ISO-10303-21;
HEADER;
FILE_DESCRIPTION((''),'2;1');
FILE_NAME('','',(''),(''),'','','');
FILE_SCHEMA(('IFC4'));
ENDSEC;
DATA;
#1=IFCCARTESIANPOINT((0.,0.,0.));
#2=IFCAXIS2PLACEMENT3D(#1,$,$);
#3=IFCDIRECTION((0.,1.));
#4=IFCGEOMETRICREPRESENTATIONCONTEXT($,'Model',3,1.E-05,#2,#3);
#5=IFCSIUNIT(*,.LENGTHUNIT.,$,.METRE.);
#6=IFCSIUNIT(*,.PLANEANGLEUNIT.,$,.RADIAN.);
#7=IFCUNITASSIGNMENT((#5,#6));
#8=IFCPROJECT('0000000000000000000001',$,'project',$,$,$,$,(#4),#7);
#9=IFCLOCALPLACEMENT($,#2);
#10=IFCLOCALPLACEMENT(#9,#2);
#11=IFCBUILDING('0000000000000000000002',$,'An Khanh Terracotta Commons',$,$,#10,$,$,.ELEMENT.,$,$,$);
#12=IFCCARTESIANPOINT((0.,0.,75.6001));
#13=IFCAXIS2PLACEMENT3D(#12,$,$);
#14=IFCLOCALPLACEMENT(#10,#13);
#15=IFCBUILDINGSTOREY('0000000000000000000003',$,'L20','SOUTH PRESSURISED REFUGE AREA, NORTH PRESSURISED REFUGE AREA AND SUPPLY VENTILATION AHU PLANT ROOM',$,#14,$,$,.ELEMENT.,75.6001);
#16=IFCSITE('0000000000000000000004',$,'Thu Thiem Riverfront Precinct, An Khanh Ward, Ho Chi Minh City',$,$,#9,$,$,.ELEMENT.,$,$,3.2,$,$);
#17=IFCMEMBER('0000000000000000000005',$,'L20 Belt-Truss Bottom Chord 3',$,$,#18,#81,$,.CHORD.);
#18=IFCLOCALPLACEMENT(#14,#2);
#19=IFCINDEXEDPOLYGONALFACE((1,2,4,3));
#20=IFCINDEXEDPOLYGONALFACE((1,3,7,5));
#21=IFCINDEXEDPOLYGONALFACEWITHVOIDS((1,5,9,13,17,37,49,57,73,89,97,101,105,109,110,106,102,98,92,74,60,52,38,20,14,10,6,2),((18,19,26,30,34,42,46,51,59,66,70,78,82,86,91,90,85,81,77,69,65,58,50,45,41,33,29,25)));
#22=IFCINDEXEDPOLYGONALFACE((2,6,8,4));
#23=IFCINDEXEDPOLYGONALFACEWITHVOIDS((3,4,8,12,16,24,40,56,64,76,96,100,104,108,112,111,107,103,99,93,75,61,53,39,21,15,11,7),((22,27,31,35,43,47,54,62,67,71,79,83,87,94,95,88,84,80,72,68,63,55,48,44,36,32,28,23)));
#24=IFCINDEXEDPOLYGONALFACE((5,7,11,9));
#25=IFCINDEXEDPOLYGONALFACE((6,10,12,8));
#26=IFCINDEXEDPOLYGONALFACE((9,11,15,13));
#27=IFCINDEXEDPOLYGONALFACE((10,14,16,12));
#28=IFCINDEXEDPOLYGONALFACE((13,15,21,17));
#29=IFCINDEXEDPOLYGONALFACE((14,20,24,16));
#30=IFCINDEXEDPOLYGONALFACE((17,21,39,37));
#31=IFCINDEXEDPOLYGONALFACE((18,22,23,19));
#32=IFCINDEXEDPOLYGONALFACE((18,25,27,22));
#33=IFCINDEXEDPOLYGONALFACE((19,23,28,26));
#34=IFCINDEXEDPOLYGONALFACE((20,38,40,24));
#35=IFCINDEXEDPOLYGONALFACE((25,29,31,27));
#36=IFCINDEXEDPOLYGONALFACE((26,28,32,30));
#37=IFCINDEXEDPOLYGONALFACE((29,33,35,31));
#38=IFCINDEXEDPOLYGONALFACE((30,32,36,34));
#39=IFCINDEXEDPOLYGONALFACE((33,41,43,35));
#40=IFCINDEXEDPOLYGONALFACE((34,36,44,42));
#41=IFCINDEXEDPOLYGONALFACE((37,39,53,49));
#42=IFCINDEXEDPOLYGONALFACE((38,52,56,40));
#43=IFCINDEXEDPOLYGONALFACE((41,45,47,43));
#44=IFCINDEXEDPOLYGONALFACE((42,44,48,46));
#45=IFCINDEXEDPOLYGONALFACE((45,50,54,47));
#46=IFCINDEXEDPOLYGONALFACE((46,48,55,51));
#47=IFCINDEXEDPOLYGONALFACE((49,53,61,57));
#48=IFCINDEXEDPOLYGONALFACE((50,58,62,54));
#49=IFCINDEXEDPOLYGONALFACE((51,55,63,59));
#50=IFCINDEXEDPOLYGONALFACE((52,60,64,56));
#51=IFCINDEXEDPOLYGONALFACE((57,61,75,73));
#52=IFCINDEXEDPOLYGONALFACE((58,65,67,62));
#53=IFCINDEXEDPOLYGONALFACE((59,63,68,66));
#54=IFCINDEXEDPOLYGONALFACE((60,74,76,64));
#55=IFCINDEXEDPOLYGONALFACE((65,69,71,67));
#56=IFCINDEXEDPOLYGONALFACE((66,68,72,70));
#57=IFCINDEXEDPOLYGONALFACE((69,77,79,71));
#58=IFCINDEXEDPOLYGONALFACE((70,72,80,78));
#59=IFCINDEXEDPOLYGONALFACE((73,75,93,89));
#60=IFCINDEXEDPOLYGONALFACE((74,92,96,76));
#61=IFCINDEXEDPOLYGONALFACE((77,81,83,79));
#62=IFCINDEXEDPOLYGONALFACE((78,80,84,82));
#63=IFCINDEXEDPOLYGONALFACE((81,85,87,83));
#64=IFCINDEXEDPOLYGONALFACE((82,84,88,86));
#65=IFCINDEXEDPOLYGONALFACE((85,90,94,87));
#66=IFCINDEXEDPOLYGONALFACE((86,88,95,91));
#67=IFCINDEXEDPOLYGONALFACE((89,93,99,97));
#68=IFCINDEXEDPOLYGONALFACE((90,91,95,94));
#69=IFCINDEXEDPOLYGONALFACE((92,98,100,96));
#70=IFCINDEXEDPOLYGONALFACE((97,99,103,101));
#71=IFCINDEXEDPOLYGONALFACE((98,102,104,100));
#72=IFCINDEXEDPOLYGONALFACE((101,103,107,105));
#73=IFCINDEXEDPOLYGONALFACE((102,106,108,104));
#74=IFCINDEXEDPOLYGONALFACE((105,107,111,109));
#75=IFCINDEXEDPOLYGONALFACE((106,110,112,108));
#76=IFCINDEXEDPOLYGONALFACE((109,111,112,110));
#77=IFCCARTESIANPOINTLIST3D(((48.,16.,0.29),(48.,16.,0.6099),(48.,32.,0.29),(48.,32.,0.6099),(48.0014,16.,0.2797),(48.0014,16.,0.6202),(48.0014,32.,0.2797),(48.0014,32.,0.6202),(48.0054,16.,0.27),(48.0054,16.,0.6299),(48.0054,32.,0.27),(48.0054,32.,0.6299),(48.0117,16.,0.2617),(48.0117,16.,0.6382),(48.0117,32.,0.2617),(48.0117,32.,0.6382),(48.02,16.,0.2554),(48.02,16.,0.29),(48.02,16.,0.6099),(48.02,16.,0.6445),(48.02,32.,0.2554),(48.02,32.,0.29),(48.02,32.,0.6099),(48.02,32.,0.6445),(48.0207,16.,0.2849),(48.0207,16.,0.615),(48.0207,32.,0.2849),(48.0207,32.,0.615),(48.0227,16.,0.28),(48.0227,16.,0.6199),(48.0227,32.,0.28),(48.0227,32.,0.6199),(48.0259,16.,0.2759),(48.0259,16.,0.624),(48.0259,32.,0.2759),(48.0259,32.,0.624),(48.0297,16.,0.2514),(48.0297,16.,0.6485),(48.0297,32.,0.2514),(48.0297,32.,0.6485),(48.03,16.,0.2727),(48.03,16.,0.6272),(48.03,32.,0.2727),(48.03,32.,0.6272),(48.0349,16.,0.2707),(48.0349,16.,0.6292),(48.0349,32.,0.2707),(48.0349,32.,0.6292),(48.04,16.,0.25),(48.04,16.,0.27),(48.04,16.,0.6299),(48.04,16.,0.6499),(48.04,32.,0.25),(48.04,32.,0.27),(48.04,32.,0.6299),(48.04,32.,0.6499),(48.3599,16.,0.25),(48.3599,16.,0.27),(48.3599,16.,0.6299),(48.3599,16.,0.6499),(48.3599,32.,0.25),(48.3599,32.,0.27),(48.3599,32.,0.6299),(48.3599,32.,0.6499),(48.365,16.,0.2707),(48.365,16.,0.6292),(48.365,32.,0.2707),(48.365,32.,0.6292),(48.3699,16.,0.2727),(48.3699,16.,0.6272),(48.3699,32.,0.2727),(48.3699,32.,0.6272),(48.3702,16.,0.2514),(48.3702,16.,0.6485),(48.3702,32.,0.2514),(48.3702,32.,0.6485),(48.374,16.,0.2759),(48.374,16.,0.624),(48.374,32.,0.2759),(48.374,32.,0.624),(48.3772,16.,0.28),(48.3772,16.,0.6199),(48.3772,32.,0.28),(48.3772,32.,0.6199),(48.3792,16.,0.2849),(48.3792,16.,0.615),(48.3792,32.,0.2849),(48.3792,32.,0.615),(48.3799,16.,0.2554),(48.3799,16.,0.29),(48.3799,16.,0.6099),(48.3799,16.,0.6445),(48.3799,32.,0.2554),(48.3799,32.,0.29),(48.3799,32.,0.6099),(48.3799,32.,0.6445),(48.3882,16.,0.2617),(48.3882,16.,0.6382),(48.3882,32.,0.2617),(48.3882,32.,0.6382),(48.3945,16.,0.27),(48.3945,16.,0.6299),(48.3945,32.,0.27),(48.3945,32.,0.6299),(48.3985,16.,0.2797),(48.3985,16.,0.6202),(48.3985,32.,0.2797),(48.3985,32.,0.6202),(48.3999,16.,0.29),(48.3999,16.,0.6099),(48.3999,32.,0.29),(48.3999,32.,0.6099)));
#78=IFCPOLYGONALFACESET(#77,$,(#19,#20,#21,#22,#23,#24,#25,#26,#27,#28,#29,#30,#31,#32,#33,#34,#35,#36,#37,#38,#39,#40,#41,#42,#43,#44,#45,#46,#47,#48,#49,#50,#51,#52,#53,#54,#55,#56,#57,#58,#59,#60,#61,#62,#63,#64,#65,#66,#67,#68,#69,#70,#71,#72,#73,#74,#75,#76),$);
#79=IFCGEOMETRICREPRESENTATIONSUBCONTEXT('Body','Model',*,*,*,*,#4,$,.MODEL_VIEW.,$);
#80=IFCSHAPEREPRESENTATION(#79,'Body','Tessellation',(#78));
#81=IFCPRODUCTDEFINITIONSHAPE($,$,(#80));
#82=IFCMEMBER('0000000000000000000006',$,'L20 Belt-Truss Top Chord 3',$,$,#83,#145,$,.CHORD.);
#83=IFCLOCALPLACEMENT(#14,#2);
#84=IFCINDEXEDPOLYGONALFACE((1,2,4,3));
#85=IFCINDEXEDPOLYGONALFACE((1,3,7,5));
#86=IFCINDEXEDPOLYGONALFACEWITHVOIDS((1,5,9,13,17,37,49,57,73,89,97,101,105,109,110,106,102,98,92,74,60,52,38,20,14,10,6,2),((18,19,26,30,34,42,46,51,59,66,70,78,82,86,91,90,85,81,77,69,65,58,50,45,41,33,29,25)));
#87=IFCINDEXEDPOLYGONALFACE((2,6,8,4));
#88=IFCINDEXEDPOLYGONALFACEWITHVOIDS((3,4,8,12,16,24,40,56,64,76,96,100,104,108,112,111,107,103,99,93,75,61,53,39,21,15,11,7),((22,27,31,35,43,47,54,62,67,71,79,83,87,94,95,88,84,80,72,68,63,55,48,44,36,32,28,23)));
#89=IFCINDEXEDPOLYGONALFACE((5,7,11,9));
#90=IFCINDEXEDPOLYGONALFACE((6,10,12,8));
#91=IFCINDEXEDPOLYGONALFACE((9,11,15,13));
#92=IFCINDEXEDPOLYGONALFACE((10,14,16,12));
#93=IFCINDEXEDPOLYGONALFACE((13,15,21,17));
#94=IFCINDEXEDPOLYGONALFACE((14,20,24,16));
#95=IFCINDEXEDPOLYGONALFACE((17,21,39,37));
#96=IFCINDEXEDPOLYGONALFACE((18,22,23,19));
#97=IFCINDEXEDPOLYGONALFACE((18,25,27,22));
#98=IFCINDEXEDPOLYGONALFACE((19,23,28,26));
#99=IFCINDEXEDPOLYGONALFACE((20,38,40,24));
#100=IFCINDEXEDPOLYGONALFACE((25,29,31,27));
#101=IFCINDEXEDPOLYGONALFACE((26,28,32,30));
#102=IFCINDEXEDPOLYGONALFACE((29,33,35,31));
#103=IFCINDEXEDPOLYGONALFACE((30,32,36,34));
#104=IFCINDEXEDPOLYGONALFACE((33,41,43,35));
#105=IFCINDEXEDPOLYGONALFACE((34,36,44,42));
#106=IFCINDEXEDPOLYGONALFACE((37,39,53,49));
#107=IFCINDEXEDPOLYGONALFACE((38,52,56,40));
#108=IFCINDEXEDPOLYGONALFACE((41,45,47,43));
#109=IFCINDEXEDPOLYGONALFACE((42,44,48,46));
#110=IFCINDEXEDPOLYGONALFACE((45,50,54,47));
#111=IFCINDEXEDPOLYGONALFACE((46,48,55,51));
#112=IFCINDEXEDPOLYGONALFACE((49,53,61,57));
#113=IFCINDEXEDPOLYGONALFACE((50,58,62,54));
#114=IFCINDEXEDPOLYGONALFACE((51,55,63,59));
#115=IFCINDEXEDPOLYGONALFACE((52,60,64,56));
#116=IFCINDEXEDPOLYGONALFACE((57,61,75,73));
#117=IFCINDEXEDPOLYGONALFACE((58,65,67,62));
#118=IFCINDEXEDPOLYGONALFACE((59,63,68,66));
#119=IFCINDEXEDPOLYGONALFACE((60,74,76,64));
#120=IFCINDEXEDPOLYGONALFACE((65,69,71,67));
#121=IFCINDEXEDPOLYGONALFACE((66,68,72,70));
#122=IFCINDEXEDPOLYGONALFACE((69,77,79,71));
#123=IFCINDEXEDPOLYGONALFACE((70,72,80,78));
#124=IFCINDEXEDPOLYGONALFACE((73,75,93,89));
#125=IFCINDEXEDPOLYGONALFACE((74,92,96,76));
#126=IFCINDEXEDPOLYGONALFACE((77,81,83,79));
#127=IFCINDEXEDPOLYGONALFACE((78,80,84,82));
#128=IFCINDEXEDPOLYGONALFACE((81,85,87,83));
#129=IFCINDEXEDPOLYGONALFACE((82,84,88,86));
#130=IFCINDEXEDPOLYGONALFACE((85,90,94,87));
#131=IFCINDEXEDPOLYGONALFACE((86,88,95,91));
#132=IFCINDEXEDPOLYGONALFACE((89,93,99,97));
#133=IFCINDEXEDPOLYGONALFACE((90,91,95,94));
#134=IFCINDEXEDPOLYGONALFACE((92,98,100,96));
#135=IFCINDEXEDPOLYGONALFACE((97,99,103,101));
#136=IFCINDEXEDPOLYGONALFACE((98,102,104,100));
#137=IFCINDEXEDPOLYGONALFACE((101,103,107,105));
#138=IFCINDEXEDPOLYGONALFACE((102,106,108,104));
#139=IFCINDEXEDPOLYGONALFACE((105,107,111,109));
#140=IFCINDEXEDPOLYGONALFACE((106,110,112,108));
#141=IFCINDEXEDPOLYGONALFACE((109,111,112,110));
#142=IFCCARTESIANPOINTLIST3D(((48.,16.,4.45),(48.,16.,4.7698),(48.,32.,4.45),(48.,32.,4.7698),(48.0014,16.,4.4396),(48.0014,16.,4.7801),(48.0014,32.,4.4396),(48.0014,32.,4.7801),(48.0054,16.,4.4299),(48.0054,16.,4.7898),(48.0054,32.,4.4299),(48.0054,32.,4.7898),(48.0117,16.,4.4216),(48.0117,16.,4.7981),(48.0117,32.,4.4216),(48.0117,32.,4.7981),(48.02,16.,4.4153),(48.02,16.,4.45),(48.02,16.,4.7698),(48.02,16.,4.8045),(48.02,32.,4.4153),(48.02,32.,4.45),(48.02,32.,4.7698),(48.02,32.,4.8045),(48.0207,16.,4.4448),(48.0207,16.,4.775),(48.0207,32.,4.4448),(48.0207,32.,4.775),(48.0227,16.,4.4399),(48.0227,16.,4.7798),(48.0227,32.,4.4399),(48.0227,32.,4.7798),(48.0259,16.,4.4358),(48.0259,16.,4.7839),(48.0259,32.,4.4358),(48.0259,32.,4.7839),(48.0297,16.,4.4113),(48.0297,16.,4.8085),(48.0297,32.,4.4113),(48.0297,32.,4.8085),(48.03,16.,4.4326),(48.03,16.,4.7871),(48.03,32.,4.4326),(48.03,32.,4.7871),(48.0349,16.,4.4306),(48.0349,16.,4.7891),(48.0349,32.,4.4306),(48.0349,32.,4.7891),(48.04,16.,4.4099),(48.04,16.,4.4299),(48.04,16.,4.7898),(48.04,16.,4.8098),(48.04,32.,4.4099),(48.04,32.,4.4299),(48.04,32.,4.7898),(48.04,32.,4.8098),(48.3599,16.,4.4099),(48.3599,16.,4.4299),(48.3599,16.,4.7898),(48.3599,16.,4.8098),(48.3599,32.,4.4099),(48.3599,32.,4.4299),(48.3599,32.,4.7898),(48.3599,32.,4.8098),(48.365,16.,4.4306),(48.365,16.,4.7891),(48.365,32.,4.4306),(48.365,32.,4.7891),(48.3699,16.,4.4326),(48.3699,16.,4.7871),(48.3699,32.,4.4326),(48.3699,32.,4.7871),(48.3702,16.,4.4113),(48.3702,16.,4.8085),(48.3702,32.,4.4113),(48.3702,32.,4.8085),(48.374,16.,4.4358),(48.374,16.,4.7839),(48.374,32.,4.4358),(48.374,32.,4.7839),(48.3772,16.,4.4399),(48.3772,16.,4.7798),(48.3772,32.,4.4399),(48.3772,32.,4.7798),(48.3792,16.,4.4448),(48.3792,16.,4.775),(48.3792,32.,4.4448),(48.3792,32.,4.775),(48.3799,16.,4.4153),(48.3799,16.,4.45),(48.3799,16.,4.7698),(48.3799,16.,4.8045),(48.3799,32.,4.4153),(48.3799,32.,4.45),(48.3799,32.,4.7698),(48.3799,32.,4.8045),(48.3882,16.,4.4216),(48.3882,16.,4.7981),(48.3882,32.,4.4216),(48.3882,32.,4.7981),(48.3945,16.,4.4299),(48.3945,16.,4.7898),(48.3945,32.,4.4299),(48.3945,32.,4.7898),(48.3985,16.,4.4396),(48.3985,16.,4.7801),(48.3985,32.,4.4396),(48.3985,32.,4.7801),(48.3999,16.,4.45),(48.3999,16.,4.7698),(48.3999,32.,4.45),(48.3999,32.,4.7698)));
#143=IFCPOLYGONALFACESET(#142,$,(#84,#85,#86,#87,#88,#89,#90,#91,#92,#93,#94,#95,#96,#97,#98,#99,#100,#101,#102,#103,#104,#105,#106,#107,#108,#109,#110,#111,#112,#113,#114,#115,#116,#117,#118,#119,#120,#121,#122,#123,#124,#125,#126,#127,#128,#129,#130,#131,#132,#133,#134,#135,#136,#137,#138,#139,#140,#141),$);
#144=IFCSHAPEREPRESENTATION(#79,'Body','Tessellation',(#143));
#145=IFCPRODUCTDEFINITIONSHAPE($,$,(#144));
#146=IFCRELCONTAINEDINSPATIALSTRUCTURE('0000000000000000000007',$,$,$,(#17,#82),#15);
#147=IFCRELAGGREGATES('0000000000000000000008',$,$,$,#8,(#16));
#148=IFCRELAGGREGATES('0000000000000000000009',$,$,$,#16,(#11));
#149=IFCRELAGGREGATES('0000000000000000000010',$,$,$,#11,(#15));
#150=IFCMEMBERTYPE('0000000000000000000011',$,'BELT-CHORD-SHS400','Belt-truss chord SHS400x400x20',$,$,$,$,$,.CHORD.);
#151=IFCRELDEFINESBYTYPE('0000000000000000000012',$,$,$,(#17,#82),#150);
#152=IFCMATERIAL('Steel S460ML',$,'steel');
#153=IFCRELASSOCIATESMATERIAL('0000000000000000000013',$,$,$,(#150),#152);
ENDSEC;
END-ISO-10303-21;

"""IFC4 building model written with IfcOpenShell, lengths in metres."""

from ifc_helpers import new_model, si_unit, direction, frame, origin, origin_2d, place, context, subcontext, project, spatial, hollow_rectangle, extrude, material, material_profile, profile_set, type_object, element, save


model = new_model("IFC4")

# Units and contexts
model_context = context("Model", 3, precision=1e-05, world=origin(), true_north=direction((0.0, 1.0)))
body_context = subcontext(model_context, "Body", "Model", "MODEL_VIEW")
ifc_project = project(units=[si_unit("LENGTHUNIT", "METRE"), si_unit("PLANEANGLEUNIT", "RADIAN")], contexts=[model_context])

# Site, building, storey
site_placement = place(None, origin())
site = spatial("IfcSite", under=ifc_project, at=site_placement, Name="Thu Thiem Riverfront Precinct, An Khanh Ward, Ho Chi Minh City", CompositionType="ELEMENT", RefElevation=3.2)
building_placement = place(site_placement, origin())
building = spatial("IfcBuilding", under=site, at=building_placement, Name="An Khanh Terracotta Commons", CompositionType="ELEMENT")
storey_placement = place(building_placement, frame((0.0, 0.0, 75.6001)))
storey = spatial("IfcBuildingStorey", under=building, at=storey_placement, Name="L20", Description="SOUTH PRESSURISED REFUGE AREA, NORTH PRESSURISED REFUGE AREA AND SUPPLY VENTILATION AHU PLANT ROOM", CompositionType="ELEMENT", Elevation=75.6001)

# Shared definitions
ifc_material_1 = material(Name="Steel S460ML", Category="steel")

# Members
ifc_material_profile_1 = material_profile(ifc_material_1, hollow_rectangle(XDim=0.3999, YDim=0.3999, WallThickness=0.02, InnerFilletRadius=0.02, OuterFilletRadius=0.04, at=origin_2d()), Name="SHS400x400x20")
ifc_profile_set_1 = profile_set([ifc_material_profile_1], Name="Steel S460ML")
member_type_1 = type_object("IfcMemberType", Name="BELT-CHORD-SHS400", Description="Belt-truss chord SHS400x400x20", PredefinedType="CHORD", material=ifc_profile_set_1)
for number, where, z_axis, x_axis, name in (
    (1, (48.2, 16.0, 0.45), (0.0, 1.0, 0.0), (-1.0, 0.0, 0.0), "L20 Belt-Truss Bottom Chord 3"),
    (2, (48.2, 16.0, 4.6099), (0.0, 1.0, 0.0), (-1.0, 0.0, 0.0), "L20 Belt-Truss Top Chord 3"),
):
    element("IfcMember", number, at=place(storey_placement, frame(where, z_axis=z_axis, x_axis=x_axis)), inside=storey, type_object=member_type_1, Name=name, PredefinedType="CHORD", context=body_context, shape_type="SweptSolid", body=[
        extrude(hollow_rectangle(XDim=0.3999, YDim=0.3999, WallThickness=0.02, InnerFilletRadius=0.02, OuterFilletRadius=0.04, at=origin_2d()), origin(), (0.0, 0.0, 1.0), 16.0),
    ])

save(model, "model.ifc")
